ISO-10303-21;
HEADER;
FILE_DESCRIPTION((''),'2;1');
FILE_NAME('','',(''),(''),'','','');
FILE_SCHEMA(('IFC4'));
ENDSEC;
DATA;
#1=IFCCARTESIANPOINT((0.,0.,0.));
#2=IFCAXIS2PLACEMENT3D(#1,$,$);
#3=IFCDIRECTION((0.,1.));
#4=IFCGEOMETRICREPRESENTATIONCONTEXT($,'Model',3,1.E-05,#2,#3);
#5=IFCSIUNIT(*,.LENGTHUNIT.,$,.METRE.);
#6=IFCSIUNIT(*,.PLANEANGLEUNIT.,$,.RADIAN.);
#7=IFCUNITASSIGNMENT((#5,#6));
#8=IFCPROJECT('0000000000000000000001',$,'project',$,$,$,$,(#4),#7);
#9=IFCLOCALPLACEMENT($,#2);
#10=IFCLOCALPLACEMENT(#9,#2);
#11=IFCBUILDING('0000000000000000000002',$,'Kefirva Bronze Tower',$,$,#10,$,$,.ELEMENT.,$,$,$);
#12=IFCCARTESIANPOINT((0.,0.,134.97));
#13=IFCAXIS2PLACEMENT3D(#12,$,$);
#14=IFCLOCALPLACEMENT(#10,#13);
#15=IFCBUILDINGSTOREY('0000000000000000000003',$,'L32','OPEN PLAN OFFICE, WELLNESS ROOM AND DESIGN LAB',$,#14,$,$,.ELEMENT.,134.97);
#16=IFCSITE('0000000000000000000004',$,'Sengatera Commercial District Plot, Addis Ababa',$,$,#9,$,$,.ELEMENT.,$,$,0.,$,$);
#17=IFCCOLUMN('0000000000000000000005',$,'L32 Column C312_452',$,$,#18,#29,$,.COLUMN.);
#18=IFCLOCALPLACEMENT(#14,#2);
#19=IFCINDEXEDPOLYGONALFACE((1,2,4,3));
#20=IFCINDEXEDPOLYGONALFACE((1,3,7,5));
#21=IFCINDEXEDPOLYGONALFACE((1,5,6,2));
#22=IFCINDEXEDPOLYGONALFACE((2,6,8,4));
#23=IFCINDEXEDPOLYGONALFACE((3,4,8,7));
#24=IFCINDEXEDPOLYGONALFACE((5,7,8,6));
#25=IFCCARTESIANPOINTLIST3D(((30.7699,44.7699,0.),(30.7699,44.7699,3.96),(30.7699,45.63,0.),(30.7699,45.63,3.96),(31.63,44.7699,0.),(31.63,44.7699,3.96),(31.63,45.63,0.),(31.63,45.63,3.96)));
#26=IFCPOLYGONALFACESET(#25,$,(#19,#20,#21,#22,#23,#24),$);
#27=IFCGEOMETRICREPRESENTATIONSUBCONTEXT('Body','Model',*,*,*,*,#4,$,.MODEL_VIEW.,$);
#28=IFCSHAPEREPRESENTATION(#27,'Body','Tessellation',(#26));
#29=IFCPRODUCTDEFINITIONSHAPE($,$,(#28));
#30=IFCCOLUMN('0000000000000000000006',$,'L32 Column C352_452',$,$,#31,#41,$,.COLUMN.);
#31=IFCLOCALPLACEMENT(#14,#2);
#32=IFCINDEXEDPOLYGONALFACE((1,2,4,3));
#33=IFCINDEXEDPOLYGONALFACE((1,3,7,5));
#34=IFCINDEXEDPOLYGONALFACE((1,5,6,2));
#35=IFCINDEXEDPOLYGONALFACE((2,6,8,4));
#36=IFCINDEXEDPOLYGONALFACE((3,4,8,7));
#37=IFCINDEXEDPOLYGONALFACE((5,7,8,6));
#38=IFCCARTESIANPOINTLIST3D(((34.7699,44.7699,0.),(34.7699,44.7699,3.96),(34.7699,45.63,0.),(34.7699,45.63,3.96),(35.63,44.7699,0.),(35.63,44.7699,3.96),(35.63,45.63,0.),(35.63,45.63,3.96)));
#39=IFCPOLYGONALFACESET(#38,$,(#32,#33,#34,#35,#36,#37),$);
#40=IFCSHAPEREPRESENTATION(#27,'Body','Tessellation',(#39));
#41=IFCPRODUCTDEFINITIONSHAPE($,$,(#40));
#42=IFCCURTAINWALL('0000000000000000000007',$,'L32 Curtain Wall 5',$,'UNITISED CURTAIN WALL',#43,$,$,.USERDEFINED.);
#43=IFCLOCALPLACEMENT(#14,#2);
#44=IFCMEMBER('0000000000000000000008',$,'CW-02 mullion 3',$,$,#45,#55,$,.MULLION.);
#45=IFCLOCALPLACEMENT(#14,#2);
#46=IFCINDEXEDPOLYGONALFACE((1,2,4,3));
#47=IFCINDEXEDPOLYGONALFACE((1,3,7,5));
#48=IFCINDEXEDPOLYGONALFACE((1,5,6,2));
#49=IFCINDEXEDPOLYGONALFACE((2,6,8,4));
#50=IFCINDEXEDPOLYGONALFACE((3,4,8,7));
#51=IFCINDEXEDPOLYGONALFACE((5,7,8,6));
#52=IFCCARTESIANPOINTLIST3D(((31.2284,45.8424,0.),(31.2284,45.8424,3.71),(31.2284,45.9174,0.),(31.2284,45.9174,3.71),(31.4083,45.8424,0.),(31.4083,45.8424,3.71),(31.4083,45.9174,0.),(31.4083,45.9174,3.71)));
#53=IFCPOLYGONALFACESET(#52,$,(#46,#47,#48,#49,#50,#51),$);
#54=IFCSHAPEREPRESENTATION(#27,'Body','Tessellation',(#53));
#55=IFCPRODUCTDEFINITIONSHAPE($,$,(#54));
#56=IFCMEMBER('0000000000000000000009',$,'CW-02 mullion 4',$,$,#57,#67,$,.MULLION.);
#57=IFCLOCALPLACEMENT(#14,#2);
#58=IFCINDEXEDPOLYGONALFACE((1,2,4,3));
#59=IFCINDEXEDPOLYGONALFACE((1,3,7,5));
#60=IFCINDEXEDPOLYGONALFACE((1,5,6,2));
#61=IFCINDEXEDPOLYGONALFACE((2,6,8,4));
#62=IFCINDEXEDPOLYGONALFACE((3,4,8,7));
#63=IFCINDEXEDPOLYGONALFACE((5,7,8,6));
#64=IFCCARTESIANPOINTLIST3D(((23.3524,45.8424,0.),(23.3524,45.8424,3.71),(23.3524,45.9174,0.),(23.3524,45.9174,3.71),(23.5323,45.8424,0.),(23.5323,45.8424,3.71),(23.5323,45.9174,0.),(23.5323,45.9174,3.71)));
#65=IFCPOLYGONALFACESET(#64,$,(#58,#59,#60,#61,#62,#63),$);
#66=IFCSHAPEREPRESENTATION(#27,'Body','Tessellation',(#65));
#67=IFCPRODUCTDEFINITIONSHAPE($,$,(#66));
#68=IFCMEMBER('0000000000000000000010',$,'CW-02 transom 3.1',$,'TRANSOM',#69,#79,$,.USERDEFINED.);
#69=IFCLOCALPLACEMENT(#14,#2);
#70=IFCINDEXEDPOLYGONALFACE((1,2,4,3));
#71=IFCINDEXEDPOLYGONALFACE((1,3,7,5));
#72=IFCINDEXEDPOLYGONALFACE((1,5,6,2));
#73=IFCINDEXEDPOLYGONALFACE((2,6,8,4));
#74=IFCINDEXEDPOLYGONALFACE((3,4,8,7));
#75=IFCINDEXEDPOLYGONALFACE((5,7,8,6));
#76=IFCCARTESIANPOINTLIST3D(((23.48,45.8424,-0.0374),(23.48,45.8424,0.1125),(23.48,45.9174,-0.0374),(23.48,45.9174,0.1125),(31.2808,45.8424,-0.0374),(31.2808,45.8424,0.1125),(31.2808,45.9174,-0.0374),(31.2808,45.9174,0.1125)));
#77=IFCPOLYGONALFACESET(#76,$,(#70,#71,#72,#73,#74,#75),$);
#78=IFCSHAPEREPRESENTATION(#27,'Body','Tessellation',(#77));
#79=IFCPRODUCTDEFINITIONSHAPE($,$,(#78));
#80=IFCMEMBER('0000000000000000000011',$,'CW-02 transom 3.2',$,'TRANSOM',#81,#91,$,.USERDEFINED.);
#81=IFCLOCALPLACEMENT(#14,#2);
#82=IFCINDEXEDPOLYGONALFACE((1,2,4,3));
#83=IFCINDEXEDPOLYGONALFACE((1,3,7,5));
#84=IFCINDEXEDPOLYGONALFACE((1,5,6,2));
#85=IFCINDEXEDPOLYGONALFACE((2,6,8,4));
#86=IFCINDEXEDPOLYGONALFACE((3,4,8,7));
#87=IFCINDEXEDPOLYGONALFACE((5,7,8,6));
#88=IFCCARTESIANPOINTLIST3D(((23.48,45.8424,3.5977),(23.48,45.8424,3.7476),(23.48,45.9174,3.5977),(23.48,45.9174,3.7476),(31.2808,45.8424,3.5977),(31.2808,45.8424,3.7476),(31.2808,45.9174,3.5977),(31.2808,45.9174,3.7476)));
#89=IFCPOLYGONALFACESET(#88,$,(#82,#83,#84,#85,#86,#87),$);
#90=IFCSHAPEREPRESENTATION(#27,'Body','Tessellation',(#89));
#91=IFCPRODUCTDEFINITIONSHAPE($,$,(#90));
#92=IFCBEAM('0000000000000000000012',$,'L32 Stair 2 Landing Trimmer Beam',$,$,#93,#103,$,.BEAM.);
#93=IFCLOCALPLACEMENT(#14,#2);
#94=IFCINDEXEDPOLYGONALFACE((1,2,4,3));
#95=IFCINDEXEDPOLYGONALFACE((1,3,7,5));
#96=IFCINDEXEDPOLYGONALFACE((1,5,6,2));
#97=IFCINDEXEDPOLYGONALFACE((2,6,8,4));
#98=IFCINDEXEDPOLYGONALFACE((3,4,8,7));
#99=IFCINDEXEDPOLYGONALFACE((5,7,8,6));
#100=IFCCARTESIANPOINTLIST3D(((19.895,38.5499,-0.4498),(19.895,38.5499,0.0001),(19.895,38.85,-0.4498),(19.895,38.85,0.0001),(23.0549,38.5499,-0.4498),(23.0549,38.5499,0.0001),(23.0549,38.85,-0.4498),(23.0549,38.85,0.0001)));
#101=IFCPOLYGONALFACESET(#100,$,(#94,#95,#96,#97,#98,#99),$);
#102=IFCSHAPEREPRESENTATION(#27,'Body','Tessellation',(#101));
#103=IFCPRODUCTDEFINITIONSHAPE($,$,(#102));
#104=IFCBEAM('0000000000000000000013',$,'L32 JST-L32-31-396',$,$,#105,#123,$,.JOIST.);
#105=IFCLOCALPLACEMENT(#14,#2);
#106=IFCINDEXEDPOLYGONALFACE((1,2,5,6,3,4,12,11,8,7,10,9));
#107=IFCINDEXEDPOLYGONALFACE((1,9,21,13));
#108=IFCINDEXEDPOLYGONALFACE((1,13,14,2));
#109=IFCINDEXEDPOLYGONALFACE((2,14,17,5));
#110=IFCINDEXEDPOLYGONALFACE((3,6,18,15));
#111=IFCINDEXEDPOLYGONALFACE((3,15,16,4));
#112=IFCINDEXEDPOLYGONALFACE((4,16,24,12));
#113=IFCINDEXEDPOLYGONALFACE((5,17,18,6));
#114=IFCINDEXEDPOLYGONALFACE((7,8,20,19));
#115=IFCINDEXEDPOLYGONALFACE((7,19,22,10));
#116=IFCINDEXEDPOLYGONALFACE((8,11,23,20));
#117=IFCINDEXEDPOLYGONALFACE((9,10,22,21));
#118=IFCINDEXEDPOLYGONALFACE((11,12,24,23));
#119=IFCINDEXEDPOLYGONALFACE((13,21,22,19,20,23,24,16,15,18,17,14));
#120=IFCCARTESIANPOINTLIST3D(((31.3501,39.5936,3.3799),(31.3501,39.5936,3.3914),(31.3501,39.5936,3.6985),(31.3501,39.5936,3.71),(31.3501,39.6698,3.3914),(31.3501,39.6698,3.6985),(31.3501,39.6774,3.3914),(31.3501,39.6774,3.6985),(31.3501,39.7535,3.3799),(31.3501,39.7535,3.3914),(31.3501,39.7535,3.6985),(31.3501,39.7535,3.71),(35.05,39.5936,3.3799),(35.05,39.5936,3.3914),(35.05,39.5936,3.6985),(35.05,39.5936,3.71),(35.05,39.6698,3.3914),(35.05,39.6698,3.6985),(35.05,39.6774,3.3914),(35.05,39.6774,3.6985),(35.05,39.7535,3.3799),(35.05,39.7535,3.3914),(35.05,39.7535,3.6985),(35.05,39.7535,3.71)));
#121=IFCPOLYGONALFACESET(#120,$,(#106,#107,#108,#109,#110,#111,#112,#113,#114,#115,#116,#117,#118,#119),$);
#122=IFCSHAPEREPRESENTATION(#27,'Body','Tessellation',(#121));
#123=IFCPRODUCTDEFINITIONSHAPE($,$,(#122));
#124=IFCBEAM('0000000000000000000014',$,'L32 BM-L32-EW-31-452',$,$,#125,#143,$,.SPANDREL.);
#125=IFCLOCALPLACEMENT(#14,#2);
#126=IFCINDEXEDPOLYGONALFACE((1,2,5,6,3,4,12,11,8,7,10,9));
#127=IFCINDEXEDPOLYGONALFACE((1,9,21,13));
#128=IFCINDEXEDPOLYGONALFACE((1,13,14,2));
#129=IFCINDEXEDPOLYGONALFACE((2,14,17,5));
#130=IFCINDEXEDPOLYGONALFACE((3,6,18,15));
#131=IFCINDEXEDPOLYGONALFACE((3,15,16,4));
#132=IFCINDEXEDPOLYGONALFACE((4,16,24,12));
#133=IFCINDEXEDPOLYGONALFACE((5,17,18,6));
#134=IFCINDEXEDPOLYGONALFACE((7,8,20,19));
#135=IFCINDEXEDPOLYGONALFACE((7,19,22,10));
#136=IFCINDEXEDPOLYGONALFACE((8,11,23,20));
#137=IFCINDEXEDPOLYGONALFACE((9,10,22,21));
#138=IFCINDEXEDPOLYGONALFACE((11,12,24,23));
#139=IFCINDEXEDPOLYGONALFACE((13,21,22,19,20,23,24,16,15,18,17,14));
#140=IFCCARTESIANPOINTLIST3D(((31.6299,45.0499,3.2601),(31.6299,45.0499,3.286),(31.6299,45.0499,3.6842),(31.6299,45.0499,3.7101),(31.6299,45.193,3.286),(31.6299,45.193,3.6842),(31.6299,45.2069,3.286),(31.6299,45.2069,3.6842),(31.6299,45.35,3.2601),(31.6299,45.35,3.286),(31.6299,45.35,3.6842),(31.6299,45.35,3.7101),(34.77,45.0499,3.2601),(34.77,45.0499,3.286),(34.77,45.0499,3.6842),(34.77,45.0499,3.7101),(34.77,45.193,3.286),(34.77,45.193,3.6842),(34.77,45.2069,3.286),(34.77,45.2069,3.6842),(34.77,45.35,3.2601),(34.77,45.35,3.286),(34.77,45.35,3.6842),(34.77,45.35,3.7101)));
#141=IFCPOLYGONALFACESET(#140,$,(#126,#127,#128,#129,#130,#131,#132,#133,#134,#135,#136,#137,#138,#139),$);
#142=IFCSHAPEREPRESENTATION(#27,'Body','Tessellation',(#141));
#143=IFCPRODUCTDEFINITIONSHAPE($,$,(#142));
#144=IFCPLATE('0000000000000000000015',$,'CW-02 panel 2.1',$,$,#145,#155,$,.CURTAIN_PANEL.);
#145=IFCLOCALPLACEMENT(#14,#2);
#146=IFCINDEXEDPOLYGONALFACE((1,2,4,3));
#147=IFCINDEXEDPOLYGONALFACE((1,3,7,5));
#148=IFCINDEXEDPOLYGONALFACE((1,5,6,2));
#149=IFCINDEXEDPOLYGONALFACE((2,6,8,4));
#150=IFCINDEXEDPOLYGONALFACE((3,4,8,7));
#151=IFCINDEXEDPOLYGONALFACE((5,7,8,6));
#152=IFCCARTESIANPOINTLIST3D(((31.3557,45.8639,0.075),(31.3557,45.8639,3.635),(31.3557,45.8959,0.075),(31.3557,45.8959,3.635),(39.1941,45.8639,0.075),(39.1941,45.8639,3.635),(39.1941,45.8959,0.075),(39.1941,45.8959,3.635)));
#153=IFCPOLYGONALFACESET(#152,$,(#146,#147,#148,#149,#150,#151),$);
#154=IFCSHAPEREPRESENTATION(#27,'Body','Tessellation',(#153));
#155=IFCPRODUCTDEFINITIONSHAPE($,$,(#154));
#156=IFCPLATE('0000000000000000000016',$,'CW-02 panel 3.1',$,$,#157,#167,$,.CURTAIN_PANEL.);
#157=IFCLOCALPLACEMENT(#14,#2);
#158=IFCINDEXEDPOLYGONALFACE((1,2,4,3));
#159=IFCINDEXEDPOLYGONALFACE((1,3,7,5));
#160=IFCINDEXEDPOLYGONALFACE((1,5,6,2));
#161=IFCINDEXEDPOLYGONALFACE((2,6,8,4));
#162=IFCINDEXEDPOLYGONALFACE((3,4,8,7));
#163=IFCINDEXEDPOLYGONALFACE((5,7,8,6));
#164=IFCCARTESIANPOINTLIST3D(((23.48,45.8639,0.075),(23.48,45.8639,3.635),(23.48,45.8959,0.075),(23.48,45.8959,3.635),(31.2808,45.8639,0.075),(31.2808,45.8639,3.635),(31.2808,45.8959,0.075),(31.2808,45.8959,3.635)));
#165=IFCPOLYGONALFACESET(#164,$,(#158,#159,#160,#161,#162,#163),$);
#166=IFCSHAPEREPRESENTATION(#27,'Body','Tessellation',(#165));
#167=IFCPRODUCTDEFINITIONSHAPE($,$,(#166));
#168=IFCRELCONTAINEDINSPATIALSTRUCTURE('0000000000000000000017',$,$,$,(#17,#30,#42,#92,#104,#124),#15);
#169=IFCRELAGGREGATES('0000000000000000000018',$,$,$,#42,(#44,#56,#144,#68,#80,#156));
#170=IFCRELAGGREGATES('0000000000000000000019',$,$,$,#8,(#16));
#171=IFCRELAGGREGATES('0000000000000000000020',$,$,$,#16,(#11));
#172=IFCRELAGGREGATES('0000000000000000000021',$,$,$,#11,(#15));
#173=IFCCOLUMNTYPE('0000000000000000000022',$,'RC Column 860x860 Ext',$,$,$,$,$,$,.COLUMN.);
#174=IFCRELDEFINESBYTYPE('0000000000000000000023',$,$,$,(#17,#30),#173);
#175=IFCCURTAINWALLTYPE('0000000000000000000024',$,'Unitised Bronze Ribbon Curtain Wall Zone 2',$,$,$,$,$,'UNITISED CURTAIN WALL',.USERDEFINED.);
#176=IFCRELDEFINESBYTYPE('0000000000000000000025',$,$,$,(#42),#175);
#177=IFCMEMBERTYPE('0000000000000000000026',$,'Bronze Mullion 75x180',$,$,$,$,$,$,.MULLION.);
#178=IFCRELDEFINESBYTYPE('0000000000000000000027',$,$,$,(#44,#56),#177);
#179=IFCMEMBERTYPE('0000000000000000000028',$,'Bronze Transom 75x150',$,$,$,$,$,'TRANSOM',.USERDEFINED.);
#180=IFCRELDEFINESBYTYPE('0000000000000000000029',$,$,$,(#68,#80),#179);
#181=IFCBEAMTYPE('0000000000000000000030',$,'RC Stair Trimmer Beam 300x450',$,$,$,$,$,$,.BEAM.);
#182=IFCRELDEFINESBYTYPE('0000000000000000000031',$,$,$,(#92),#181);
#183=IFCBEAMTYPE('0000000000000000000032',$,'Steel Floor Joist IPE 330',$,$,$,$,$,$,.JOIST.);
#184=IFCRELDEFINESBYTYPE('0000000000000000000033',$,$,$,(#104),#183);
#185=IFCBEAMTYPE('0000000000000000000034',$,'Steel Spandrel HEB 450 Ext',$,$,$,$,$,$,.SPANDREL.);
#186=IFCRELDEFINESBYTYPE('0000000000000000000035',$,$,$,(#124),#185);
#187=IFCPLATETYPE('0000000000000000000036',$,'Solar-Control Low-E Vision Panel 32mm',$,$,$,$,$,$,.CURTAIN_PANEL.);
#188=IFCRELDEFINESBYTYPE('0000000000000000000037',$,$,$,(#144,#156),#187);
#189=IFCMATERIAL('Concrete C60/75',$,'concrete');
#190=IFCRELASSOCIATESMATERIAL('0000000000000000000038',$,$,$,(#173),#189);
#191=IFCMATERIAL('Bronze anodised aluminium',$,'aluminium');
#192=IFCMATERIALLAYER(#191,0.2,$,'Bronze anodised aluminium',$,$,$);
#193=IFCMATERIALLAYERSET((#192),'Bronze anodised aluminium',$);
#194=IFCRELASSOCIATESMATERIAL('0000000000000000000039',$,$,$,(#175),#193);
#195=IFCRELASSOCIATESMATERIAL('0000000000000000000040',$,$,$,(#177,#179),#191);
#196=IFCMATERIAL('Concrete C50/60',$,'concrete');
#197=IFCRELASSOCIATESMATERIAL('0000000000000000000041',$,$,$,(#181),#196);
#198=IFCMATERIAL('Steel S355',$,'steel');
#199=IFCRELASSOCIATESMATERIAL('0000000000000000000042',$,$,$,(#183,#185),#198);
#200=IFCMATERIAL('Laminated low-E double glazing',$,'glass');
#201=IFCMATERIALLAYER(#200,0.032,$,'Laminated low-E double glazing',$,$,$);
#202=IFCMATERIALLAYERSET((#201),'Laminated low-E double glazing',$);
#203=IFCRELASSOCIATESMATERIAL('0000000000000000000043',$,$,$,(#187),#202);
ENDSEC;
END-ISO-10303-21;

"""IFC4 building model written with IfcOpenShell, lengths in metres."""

from ifc_helpers import new_model, si_unit, direction, frame, origin, origin_2d, place, context, subcontext, project, spatial, rectangle, i_section, extrude, material, layer, layer_set, material_profile, profile_set, type_object, element, aggregate, save


model = new_model("IFC4")

# Units and contexts
model_context = context("Model", 3, precision=1e-05, world=origin(), true_north=direction((0.0, 1.0)))
body_context = subcontext(model_context, "Body", "Model", "MODEL_VIEW")
ifc_project = project(units=[si_unit("LENGTHUNIT", "METRE"), si_unit("PLANEANGLEUNIT", "RADIAN")], contexts=[model_context])

# Site, building, storey
site_placement = place(None, origin())
site = spatial("IfcSite", under=ifc_project, at=site_placement, Name="Sengatera Commercial District Plot, Addis Ababa", CompositionType="ELEMENT", RefElevation=0.0)
building_placement = place(site_placement, origin())
building = spatial("IfcBuilding", under=site, at=building_placement, Name="Kefirva Bronze Tower", CompositionType="ELEMENT")
storey_placement = place(building_placement, frame((0.0, 0.0, 134.97)))
storey = spatial("IfcBuildingStorey", under=building, at=storey_placement, Name="L32", Description="OPEN PLAN OFFICE, WELLNESS ROOM AND DESIGN LAB", CompositionType="ELEMENT", Elevation=134.97)

# Columns
ifc_material_1 = material(Name="Concrete C60/75", Category="concrete")
ifc_material_profile_1 = material_profile(ifc_material_1, rectangle(XDim=0.8601, YDim=0.8601, at=origin_2d()), Name="RC 860x860")
ifc_profile_set_1 = profile_set([ifc_material_profile_1], Name="Concrete C60/75")
column_type = type_object("IfcColumnType", Name="RC Column 860x860 Ext", PredefinedType="COLUMN", material=ifc_profile_set_1)
for number, where, z_axis, x_axis, name in (
    (1, (31.2, 45.2, 0.0), (0.0, 0.0, 1.0), (1.0, 0.0, 0.0), "L32 Column C312_452"),
    (2, (35.2, 45.2, 0.0), (0.0, 0.0, 1.0), (1.0, 0.0, 0.0), "L32 Column C352_452"),
):
    element("IfcColumn", number, at=place(storey_placement, frame(where, z_axis=z_axis, x_axis=x_axis)), inside=storey, type_object=column_type, Name=name, PredefinedType="COLUMN", context=body_context, shape_type="SweptSolid", body=[
        extrude(rectangle(XDim=0.8601, YDim=0.8601, at=origin_2d()), origin(), (0.0, 0.0, 1.0), 3.96),
    ])

# Curtain wall, members
ifc_material_2 = material(Name="Bronze anodised aluminium", Category="aluminium")
ifc_layer_1 = layer(ifc_material_2, 0.2, Name="Bronze anodised aluminium")
ifc_layer_set_1 = layer_set([ifc_layer_1], Name="Bronze anodised aluminium")
curtain_wall_type = type_object("IfcCurtainWallType", Name="Unitised Bronze Ribbon Curtain Wall Zone 2", ElementType="UNITISED CURTAIN WALL", PredefinedType="USERDEFINED", material=ifc_layer_set_1)
curtain_wall_placement = place(storey_placement, origin())
curtain_wall = element("IfcCurtainWall", 3, at=curtain_wall_placement, inside=storey, type_object=curtain_wall_type, Name="L32 Curtain Wall 5", ObjectType="UNITISED CURTAIN WALL", PredefinedType="USERDEFINED")
ifc_material_profile_2 = material_profile(ifc_material_2, rectangle(XDim=0.075, YDim=0.1799, at=origin_2d()), Name="ALU 75x180")
ifc_profile_set_2 = profile_set([ifc_material_profile_2], Name="Bronze anodised aluminium")
member_type_1 = type_object("IfcMemberType", Name="Bronze Mullion 75x180", PredefinedType="MULLION", material=ifc_profile_set_2)
member_1_placement = place(storey_placement, frame((31.3184, 45.8799, 0.0), z_axis=(0.0, 0.0, 1.0), x_axis=(0.0, -1.0, 0.0)))
member_1 = element("IfcMember", 4, at=member_1_placement, type_object=member_type_1, Name="CW-02 mullion 3", PredefinedType="MULLION", context=body_context, shape_type="SweptSolid", body=[
    extrude(rectangle(XDim=0.075, YDim=0.1799, at=origin_2d()), origin(), (0.0, 0.0, 1.0), 3.71),
])
member_2_placement = place(storey_placement, frame((23.4424, 45.8799, 0.0), z_axis=(0.0, 0.0, 1.0), x_axis=(0.0, -1.0, 0.0)))
member_2 = element("IfcMember", 5, at=member_2_placement, type_object=member_type_1, Name="CW-02 mullion 4", PredefinedType="MULLION", context=body_context, shape_type="SweptSolid", body=[
    extrude(rectangle(XDim=0.075, YDim=0.1799, at=origin_2d()), origin(), (0.0, 0.0, 1.0), 3.71),
])
ifc_material_profile_3 = material_profile(ifc_material_2, rectangle(XDim=0.075, YDim=0.1499, at=origin_2d()), Name="ALU 75x150")
ifc_profile_set_3 = profile_set([ifc_material_profile_3], Name="Bronze anodised aluminium")
member_type_2 = type_object("IfcMemberType", Name="Bronze Transom 75x150", ElementType="TRANSOM", PredefinedType="USERDEFINED", material=ifc_profile_set_3)
member_3_placement = place(storey_placement, frame((31.2808, 45.8799, 0.0376), z_axis=(-1.0, 0.0, 0.0), x_axis=(0.0, -1.0, 0.0)))
member_3 = element("IfcMember", 6, at=member_3_placement, type_object=member_type_2, Name="CW-02 transom 3.1", ObjectType="TRANSOM", PredefinedType="USERDEFINED", context=body_context, shape_type="SweptSolid", body=[
    extrude(rectangle(XDim=0.075, YDim=0.1499, at=origin_2d()), origin(), (0.0, 0.0, 1.0), 7.8008),
])
member_4_placement = place(storey_placement, frame((31.2808, 45.8799, 3.6726), z_axis=(-1.0, 0.0, 0.0), x_axis=(0.0, -1.0, 0.0)))
member_4 = element("IfcMember", 7, at=member_4_placement, type_object=member_type_2, Name="CW-02 transom 3.2", ObjectType="TRANSOM", PredefinedType="USERDEFINED", context=body_context, shape_type="SweptSolid", body=[
    extrude(rectangle(XDim=0.075, YDim=0.1499, at=origin_2d()), origin(), (0.0, 0.0, 1.0), 7.8008),
])

# Beams
ifc_material_3 = material(Name="Concrete C50/60", Category="concrete")
ifc_material_profile_4 = material_profile(ifc_material_3, rectangle(XDim=0.3, YDim=0.45, at=origin_2d()), Name="RC 300x450")
ifc_profile_set_4 = profile_set([ifc_material_profile_4], Name="Concrete C50/60")
beam_type_1 = type_object("IfcBeamType", Name="RC Stair Trimmer Beam 300x450", PredefinedType="BEAM", material=ifc_profile_set_4)
beam_1_placement = place(storey_placement, frame((19.895, 38.7, -0.2249), z_axis=(1.0, 0.0, 0.0), x_axis=(0.0, 1.0, 0.0)))
element("IfcBeam", 8, at=beam_1_placement, inside=storey, type_object=beam_type_1, Name="L32 Stair 2 Landing Trimmer Beam", PredefinedType="BEAM", context=body_context, shape_type="SweptSolid", body=[
    extrude(rectangle(XDim=0.3, YDim=0.45, at=origin_2d()), origin(), (0.0, 0.0, 1.0), 3.1599),
])
ifc_material_4 = material(Name="Steel S355", Category="steel")
ifc_material_profile_5 = material_profile(ifc_material_4, i_section(OverallWidth=0.1599, OverallDepth=0.3301, WebThickness=0.0076, FlangeThickness=0.0115, at=origin_2d()), Name="IPE 330")
ifc_profile_set_5 = profile_set([ifc_material_profile_5], Name="Steel S355")
beam_type_2 = type_object("IfcBeamType", Name="Steel Floor Joist IPE 330", PredefinedType="JOIST", material=ifc_profile_set_5)
beam_2_placement = place(storey_placement, frame((31.3501, 39.6736, 3.5449), z_axis=(1.0, 0.0, 0.0), x_axis=(0.0, 1.0, 0.0)))
element("IfcBeam", 9, at=beam_2_placement, inside=storey, type_object=beam_type_2, Name="L32 JST-L32-31-396", PredefinedType="JOIST", context=body_context, shape_type="SweptSolid", body=[
    extrude(i_section(OverallWidth=0.1599, OverallDepth=0.3301, WebThickness=0.0076, FlangeThickness=0.0115, at=origin_2d()), origin(), (0.0, 0.0, 1.0), 3.7),
])
ifc_material_profile_6 = material_profile(ifc_material_4, i_section(OverallWidth=0.3, OverallDepth=0.45, WebThickness=0.0139, FlangeThickness=0.0259, at=origin_2d()), Name="HEB 450")
ifc_profile_set_6 = profile_set([ifc_material_profile_6], Name="Steel S355")
beam_type_3 = type_object("IfcBeamType", Name="Steel Spandrel HEB 450 Ext", PredefinedType="SPANDREL", material=ifc_profile_set_6)
beam_3_placement = place(storey_placement, frame((31.6299, 45.2, 3.4851), z_axis=(1.0, 0.0, 0.0), x_axis=(0.0, 1.0, 0.0)))
element("IfcBeam", 10, at=beam_3_placement, inside=storey, type_object=beam_type_3, Name="L32 BM-L32-EW-31-452", PredefinedType="SPANDREL", context=body_context, shape_type="SweptSolid", body=[
    extrude(i_section(OverallWidth=0.3, OverallDepth=0.45, WebThickness=0.0139, FlangeThickness=0.0259, at=origin_2d()), origin(), (0.0, 0.0, 1.0), 3.1401),
])

# Plates
ifc_material_5 = material(Name="Laminated low-E double glazing", Category="glass")
ifc_layer_2 = layer(ifc_material_5, 0.032, Name="Laminated low-E double glazing")
ifc_layer_set_2 = layer_set([ifc_layer_2], Name="Laminated low-E double glazing")
plate_type = type_object("IfcPlateType", Name="Solar-Control Low-E Vision Panel 32mm", PredefinedType="CURTAIN_PANEL", material=ifc_layer_set_2)
plate_1_placement = place(storey_placement, frame((35.2749, 45.8799, 0.075), z_axis=(0.0, 0.0, 1.0), x_axis=(-1.0, 0.0, 0.0)))
plate_1 = element("IfcPlate", 11, at=plate_1_placement, type_object=plate_type, Name="CW-02 panel 2.1", PredefinedType="CURTAIN_PANEL", context=body_context, shape_type="SweptSolid", body=[
    extrude(rectangle(XDim=7.8384, YDim=0.032, at=origin_2d()), origin(), (0.0, 0.0, 1.0), 3.5601),
])
plate_2_placement = place(storey_placement, frame((27.3804, 45.8799, 0.075), z_axis=(0.0, 0.0, 1.0), x_axis=(-1.0, 0.0, 0.0)))
plate_2 = element("IfcPlate", 12, at=plate_2_placement, type_object=plate_type, Name="CW-02 panel 3.1", PredefinedType="CURTAIN_PANEL", context=body_context, shape_type="SweptSolid", body=[
    extrude(rectangle(XDim=7.8008, YDim=0.032, at=origin_2d()), origin(), (0.0, 0.0, 1.0), 3.5601),
])
aggregate(curtain_wall, [member_1, member_2, plate_1, member_3, member_4, plate_2])

save(model, "model.ifc")
